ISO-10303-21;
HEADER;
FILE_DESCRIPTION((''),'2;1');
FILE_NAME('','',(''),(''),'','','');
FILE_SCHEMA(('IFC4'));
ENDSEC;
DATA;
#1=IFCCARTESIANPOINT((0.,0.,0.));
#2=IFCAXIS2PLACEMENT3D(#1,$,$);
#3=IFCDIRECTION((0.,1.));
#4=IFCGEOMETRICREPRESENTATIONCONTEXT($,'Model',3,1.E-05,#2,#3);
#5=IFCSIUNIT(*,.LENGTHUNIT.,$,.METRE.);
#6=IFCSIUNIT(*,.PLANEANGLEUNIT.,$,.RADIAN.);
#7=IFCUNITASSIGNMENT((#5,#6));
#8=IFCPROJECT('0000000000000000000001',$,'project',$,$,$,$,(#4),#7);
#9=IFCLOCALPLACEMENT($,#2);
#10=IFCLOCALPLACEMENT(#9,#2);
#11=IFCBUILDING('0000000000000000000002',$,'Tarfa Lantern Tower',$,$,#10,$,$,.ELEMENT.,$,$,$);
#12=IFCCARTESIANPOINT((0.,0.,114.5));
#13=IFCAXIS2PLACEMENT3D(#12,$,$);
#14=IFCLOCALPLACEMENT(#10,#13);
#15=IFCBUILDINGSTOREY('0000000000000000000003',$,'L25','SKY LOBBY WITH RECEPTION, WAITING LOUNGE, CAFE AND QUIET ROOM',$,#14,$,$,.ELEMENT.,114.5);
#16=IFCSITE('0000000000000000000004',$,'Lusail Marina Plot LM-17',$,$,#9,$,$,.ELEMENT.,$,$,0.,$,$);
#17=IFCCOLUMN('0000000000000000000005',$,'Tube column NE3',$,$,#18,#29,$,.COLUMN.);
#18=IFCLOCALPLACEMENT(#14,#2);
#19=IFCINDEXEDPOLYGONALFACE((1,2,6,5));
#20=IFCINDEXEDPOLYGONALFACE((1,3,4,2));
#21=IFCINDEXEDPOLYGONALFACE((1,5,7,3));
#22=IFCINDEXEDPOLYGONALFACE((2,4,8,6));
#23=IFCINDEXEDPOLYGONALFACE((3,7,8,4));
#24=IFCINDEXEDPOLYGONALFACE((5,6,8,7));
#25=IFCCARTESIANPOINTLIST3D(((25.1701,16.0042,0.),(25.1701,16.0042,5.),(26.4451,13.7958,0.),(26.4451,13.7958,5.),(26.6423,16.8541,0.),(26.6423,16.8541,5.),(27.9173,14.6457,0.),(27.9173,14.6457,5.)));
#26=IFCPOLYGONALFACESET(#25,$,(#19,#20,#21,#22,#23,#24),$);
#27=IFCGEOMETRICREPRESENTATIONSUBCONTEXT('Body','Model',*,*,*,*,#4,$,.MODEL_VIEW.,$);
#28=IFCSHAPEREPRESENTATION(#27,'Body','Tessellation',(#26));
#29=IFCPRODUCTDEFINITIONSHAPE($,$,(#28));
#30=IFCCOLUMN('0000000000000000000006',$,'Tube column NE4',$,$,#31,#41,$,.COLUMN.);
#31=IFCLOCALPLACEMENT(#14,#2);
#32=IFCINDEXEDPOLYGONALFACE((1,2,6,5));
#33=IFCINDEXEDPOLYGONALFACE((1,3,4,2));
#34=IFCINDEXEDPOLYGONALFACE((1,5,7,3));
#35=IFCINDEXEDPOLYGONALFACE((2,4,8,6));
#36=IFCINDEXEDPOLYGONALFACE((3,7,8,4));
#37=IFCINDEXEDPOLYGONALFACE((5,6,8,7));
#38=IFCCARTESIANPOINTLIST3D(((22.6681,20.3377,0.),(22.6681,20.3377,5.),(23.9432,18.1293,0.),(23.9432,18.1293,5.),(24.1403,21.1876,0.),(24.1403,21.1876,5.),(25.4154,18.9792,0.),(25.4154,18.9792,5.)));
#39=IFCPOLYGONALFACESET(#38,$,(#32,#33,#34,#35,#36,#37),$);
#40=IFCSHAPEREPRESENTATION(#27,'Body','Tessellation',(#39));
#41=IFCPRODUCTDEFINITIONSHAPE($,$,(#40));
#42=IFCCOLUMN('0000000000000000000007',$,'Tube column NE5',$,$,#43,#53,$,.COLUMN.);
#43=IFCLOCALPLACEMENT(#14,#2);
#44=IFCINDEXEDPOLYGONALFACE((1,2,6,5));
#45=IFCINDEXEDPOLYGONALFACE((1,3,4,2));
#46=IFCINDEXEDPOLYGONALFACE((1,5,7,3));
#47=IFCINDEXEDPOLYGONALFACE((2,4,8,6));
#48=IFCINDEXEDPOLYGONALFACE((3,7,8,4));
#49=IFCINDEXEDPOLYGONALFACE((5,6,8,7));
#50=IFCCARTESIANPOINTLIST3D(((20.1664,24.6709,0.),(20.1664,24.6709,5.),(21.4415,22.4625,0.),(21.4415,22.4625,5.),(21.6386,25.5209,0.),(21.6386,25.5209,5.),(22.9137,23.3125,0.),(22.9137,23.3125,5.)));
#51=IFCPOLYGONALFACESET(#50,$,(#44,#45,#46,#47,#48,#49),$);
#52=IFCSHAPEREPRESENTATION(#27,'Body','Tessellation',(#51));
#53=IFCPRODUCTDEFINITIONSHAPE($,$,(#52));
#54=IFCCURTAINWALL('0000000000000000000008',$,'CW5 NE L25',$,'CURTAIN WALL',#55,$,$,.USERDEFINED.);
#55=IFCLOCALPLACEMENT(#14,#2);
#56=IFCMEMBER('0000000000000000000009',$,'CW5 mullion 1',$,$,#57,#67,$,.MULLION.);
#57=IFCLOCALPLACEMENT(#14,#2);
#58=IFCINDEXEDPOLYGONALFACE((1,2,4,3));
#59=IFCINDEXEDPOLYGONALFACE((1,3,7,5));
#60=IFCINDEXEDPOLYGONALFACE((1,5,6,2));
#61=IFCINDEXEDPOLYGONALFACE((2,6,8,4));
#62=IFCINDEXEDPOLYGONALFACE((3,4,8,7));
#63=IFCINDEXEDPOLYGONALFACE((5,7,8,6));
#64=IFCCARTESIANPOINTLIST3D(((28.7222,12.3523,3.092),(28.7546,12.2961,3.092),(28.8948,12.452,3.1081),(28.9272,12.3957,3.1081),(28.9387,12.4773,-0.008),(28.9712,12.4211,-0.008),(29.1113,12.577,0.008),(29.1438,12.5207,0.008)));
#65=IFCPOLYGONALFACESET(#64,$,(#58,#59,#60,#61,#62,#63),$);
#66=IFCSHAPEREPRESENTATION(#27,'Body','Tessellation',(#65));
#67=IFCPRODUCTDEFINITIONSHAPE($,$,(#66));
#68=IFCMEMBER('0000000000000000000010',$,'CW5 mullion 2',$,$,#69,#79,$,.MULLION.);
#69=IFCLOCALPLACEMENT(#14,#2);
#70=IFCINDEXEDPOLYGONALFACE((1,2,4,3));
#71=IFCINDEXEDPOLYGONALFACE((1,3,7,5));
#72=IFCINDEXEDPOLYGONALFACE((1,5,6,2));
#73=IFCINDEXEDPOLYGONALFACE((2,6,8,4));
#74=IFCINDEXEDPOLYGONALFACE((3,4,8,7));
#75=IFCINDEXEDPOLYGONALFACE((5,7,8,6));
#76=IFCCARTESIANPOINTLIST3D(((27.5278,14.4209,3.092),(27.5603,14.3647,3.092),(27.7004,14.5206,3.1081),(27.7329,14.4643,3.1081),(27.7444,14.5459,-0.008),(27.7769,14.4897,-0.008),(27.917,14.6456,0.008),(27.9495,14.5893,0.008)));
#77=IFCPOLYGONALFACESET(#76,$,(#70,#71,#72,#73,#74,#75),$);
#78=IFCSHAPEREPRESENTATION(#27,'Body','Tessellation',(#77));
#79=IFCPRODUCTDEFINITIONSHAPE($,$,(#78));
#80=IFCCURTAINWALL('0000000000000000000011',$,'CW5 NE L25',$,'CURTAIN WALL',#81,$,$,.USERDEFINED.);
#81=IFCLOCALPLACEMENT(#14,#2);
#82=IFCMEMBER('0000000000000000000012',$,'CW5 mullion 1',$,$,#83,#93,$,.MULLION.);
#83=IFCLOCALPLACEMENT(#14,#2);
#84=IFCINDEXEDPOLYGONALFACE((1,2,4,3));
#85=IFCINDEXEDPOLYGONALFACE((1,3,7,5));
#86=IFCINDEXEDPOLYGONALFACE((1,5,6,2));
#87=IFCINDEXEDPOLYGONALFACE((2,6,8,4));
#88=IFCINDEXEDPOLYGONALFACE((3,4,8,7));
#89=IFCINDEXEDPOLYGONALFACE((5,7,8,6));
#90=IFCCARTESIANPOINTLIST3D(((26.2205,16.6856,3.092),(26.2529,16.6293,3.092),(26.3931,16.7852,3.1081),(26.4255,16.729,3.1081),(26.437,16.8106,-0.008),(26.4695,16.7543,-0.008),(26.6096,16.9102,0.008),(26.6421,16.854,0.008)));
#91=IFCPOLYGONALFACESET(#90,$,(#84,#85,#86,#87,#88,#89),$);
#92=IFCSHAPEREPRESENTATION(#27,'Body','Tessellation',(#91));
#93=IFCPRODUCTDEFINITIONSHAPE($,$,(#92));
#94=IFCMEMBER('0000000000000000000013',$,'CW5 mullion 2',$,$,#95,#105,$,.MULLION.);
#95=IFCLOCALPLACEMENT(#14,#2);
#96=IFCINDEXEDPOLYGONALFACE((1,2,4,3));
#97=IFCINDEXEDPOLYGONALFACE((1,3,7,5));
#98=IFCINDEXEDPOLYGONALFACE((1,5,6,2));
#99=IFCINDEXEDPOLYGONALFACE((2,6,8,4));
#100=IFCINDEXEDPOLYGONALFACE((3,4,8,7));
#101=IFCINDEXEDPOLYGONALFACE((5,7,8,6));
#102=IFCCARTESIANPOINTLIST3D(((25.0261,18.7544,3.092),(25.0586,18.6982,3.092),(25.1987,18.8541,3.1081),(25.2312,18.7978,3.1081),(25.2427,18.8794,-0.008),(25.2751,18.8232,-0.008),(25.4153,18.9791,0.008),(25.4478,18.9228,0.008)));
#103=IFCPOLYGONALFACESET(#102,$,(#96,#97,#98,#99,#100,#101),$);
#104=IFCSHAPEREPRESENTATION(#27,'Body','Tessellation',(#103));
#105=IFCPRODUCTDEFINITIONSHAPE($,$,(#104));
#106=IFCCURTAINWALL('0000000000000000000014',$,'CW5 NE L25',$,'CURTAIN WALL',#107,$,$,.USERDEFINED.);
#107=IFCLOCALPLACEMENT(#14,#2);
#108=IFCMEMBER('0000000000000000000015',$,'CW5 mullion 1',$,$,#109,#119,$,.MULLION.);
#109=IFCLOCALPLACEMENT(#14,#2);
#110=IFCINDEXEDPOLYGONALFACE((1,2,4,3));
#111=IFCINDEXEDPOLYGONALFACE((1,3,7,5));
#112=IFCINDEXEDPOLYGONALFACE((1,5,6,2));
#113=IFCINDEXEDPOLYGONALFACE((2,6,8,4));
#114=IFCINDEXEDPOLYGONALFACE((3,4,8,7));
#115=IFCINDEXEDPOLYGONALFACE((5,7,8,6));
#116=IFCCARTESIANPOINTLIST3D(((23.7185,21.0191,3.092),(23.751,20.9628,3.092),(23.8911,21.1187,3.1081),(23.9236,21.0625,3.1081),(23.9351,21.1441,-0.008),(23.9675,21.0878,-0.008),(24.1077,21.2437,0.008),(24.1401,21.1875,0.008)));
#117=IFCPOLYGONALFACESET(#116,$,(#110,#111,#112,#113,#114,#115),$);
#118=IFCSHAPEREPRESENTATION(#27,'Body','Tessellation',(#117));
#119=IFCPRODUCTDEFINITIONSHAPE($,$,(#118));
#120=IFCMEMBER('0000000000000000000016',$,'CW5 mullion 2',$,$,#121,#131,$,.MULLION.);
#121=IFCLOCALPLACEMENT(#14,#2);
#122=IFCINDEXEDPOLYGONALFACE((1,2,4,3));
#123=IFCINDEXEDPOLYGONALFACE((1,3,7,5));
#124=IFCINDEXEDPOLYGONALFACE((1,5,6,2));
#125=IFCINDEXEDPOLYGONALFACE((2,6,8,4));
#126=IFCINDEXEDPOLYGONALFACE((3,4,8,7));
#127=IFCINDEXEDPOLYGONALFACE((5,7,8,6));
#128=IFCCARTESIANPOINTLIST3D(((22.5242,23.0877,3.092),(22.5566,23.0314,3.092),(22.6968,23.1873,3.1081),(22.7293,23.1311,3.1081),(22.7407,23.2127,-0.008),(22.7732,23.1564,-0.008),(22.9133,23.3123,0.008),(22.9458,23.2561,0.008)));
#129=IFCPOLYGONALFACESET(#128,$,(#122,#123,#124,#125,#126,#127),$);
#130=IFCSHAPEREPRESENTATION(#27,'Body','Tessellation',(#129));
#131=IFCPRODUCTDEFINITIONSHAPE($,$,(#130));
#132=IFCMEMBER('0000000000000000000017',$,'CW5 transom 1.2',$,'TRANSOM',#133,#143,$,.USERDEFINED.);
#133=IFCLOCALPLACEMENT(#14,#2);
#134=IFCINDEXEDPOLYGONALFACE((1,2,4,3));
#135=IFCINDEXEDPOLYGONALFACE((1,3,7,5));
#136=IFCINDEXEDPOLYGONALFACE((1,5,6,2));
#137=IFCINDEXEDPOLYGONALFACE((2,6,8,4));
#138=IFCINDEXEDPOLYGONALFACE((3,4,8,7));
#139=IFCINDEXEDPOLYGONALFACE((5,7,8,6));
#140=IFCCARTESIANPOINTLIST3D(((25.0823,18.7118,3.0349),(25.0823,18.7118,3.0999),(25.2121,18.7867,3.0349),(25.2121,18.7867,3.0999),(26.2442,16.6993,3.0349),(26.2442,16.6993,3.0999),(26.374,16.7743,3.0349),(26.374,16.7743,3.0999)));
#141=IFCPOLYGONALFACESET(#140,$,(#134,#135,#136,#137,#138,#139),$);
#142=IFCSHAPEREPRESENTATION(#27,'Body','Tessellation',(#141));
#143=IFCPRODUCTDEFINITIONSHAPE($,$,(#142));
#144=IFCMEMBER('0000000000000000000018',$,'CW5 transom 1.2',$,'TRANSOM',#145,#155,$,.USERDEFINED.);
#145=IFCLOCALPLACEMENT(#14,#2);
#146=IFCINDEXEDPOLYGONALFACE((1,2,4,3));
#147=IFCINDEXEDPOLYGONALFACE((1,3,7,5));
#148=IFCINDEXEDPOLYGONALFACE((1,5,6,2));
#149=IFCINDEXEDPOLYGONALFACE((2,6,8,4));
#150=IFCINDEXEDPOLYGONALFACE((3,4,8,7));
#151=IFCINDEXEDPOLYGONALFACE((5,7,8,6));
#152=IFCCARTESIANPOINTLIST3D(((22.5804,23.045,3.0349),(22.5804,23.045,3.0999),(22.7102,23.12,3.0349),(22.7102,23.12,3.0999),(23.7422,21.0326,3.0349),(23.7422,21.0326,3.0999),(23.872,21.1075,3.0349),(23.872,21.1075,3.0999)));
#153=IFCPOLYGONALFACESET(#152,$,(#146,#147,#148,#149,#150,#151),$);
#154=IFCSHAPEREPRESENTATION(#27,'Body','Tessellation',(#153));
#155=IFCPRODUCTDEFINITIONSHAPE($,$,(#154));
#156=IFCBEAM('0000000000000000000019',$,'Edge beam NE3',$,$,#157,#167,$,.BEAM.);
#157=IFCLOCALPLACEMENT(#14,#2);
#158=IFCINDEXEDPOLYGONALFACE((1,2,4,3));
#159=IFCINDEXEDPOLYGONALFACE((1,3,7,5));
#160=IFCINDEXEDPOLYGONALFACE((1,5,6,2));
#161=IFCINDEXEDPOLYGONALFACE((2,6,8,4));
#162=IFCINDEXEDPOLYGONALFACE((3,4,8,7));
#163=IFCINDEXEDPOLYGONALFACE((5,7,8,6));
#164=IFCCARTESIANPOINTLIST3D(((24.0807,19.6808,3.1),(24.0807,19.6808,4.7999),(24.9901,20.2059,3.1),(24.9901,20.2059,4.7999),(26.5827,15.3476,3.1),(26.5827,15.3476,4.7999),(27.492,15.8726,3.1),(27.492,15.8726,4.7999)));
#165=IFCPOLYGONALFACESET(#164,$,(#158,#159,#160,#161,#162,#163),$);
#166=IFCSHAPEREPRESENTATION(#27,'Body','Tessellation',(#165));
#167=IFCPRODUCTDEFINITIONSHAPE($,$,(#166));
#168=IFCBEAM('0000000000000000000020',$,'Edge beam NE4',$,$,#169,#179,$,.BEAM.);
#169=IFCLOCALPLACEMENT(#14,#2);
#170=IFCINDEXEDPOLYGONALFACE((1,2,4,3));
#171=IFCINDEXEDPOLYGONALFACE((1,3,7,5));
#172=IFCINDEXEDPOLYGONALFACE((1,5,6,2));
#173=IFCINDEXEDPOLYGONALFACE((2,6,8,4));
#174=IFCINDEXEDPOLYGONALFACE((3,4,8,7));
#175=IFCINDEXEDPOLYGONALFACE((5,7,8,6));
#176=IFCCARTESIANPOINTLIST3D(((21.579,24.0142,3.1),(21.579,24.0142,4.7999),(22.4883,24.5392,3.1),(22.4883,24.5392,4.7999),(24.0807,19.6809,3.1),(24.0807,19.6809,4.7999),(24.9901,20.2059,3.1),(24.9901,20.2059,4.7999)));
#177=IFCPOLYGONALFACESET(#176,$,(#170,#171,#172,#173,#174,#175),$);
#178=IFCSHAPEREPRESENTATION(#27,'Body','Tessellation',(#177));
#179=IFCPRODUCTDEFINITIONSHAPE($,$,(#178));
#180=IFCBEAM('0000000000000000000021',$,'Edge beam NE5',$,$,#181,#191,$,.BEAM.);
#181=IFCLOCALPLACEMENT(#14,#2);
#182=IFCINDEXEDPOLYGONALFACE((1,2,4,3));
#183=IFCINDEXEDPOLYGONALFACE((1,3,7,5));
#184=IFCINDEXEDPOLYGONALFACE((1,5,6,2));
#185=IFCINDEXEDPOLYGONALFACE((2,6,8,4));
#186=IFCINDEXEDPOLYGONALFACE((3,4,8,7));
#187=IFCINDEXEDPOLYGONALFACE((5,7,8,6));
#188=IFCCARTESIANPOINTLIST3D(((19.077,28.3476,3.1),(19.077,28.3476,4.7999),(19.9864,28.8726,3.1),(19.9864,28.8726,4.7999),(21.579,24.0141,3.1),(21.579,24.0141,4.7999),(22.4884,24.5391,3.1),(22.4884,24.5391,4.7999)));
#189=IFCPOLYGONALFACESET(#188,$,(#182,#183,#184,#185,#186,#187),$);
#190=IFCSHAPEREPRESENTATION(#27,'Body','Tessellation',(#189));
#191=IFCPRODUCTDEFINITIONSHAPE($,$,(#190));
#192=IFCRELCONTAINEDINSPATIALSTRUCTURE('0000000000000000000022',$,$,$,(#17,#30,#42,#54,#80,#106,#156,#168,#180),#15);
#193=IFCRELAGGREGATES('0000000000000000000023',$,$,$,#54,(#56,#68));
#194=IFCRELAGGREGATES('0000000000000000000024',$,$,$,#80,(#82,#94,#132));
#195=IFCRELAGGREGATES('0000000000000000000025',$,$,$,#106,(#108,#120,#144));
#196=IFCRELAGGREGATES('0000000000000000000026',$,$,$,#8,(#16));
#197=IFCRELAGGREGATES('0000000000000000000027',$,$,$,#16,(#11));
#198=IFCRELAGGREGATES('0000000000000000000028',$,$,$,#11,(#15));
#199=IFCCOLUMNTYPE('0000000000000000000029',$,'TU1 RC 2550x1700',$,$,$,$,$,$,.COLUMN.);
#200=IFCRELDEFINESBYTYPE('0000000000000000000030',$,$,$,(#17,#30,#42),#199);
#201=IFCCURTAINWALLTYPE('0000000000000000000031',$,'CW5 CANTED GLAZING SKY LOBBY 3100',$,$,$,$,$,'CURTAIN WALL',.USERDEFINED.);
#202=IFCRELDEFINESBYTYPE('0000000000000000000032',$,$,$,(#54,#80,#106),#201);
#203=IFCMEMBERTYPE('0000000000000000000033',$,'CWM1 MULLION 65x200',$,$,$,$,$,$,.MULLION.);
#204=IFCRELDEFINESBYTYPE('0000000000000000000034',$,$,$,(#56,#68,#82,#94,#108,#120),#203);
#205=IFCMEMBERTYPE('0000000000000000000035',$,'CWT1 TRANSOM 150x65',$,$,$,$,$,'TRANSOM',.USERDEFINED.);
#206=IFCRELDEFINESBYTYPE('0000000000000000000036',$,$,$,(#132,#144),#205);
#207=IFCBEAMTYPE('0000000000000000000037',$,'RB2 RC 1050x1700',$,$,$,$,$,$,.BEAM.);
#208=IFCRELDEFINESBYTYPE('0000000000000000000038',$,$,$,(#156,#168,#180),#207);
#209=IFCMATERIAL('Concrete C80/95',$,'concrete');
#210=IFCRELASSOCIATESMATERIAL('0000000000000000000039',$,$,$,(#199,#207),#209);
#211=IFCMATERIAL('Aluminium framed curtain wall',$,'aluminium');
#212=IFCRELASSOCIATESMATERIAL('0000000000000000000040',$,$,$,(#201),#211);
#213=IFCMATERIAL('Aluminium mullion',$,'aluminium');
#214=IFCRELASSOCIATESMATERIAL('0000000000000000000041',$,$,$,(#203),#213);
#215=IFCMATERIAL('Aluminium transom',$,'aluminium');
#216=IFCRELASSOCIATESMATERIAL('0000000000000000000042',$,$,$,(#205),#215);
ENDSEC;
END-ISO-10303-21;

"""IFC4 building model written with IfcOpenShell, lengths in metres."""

from ifc_helpers import new_model, si_unit, direction, frame, origin, origin_2d, place, context, subcontext, project, spatial, rectangle, extrude, material, material_profile, profile_set, type_object, element, aggregate, save


model = new_model("IFC4")

# Units and contexts
model_context = context("Model", 3, precision=1e-05, world=origin(), true_north=direction((0.0, 1.0)))
body_context = subcontext(model_context, "Body", "Model", "MODEL_VIEW")
ifc_project = project(units=[si_unit("LENGTHUNIT", "METRE"), si_unit("PLANEANGLEUNIT", "RADIAN")], contexts=[model_context])

# Site, building, storey
site_placement = place(None, origin())
site = spatial("IfcSite", under=ifc_project, at=site_placement, Name="Lusail Marina Plot LM-17", CompositionType="ELEMENT", RefElevation=0.0)
building_placement = place(site_placement, origin())
building = spatial("IfcBuilding", under=site, at=building_placement, Name="Tarfa Lantern Tower", CompositionType="ELEMENT")
storey_placement = place(building_placement, frame((0.0, 0.0, 114.5)))
storey = spatial("IfcBuildingStorey", under=building, at=storey_placement, Name="L25", Description="SKY LOBBY WITH RECEPTION, WAITING LOUNGE, CAFE AND QUIET ROOM", CompositionType="ELEMENT", Elevation=114.5)

# Columns
ifc_material_1 = material(Name="Concrete C80/95", Category="concrete")
ifc_material_profile_1 = material_profile(ifc_material_1, rectangle(XDim=2.55, YDim=1.7, at=origin_2d()), Name="RC 2550x1700")
ifc_profile_set_1 = profile_set([ifc_material_profile_1], Name="Concrete C80/95")
column_type = type_object("IfcColumnType", Name="TU1 RC 2550x1700", PredefinedType="COLUMN", material=ifc_profile_set_1)
for number, where, z_axis, x_axis, name in (
    (1, (26.5437, 15.325, 0.0), (0.0, 0.0, 1.0), (-0.5, 0.866025, 0.0), "Tube column NE3"),
    (2, (24.0417, 19.6584, 0.0), (0.0, 0.0, 1.0), (-0.5, 0.866025, 0.0), "Tube column NE4"),
    (3, (21.54, 23.9917, 0.0), (0.0, 0.0, 1.0), (-0.5, 0.866025, 0.0), "Tube column NE5"),
):
    element("IfcColumn", number, at=place(storey_placement, frame(where, z_axis=z_axis, x_axis=x_axis)), inside=storey, type_object=column_type, Name=name, PredefinedType="COLUMN", context=body_context, shape_type="SweptSolid", body=[
        extrude(rectangle(XDim=2.55, YDim=1.7, at=origin_2d()), origin(), (0.0, 0.0, 1.0), 5.0),
    ])

# Curtain walls, members
ifc_material_2 = material(Name="Aluminium framed curtain wall", Category="aluminium")
curtain_wall_type = type_object("IfcCurtainWallType", Name="CW5 CANTED GLAZING SKY LOBBY 3100", ElementType="CURTAIN WALL", PredefinedType="USERDEFINED", material=ifc_material_2)
curtain_wall_1_placement = place(storey_placement, origin())
curtain_wall_1 = element("IfcCurtainWall", 4, at=curtain_wall_1_placement, inside=storey, type_object=curtain_wall_type, Name="CW5 NE L25", ObjectType="CURTAIN WALL", PredefinedType="USERDEFINED")
ifc_material_3 = material(Name="Aluminium mullion", Category="aluminium")
ifc_material_profile_2 = material_profile(ifc_material_3, rectangle(XDim=0.0649, YDim=0.2, at=origin_2d()), Name="AL MULLION 65x200")
ifc_profile_set_2 = profile_set([ifc_material_profile_2], Name="Aluminium mullion")
member_type_1 = type_object("IfcMemberType", Name="CWM1 MULLION 65x200", PredefinedType="MULLION", material=ifc_profile_set_2)
member_1_placement = place(storey_placement, frame((29.0413, 12.499, 0.0), z_axis=(-0.069627, -0.040191, 0.996763), x_axis=(0.49992, -0.866072, 0.0)))
member_1 = element("IfcMember", 5, at=member_1_placement, type_object=member_type_1, Name="CW5 mullion 1", PredefinedType="MULLION", context=body_context, shape_type="SweptSolid", body=[
    extrude(rectangle(XDim=0.0649, YDim=0.2, at=origin_2d()), origin(), (0.0, 0.0, 1.0), 3.1101),
])
member_2_placement = place(storey_placement, frame((27.8469, 14.5676, 0.0), z_axis=(-0.069627, -0.040191, 0.996763), x_axis=(0.49992, -0.866072, 0.0)))
member_2 = element("IfcMember", 6, at=member_2_placement, type_object=member_type_1, Name="CW5 mullion 2", PredefinedType="MULLION", context=body_context, shape_type="SweptSolid", body=[
    extrude(rectangle(XDim=0.0649, YDim=0.2, at=origin_2d()), origin(), (0.0, 0.0, 1.0), 3.1101),
])
curtain_wall_2_placement = place(storey_placement, origin())
curtain_wall_2 = element("IfcCurtainWall", 7, at=curtain_wall_2_placement, inside=storey, type_object=curtain_wall_type, Name="CW5 NE L25", ObjectType="CURTAIN WALL", PredefinedType="USERDEFINED")
member_3_placement = place(storey_placement, frame((26.5396, 16.8323, 0.0), z_axis=(-0.069627, -0.040191, 0.996763), x_axis=(0.49992, -0.866072, 0.0)))
member_3 = element("IfcMember", 8, at=member_3_placement, type_object=member_type_1, Name="CW5 mullion 1", PredefinedType="MULLION", context=body_context, shape_type="SweptSolid", body=[
    extrude(rectangle(XDim=0.0649, YDim=0.2, at=origin_2d()), origin(), (0.0, 0.0, 1.0), 3.1101),
])
member_4_placement = place(storey_placement, frame((25.3452, 18.9011, 0.0), z_axis=(-0.069627, -0.040191, 0.996763), x_axis=(0.49992, -0.866072, 0.0)))
member_4 = element("IfcMember", 9, at=member_4_placement, type_object=member_type_1, Name="CW5 mullion 2", PredefinedType="MULLION", context=body_context, shape_type="SweptSolid", body=[
    extrude(rectangle(XDim=0.0649, YDim=0.2, at=origin_2d()), origin(), (0.0, 0.0, 1.0), 3.1101),
])
curtain_wall_3_placement = place(storey_placement, origin())
curtain_wall_3 = element("IfcCurtainWall", 10, at=curtain_wall_3_placement, inside=storey, type_object=curtain_wall_type, Name="CW5 NE L25", ObjectType="CURTAIN WALL", PredefinedType="USERDEFINED")
member_5_placement = place(storey_placement, frame((24.0376, 21.1658, 0.0), z_axis=(-0.069627, -0.040191, 0.996763), x_axis=(0.49992, -0.866072, 0.0)))
member_5 = element("IfcMember", 11, at=member_5_placement, type_object=member_type_1, Name="CW5 mullion 1", PredefinedType="MULLION", context=body_context, shape_type="SweptSolid", body=[
    extrude(rectangle(XDim=0.0649, YDim=0.2, at=origin_2d()), origin(), (0.0, 0.0, 1.0), 3.1101),
])
member_6_placement = place(storey_placement, frame((22.8433, 23.2344, 0.0), z_axis=(-0.069627, -0.040191, 0.996763), x_axis=(0.49992, -0.866072, 0.0)))
member_6 = element("IfcMember", 12, at=member_6_placement, type_object=member_type_1, Name="CW5 mullion 2", PredefinedType="MULLION", context=body_context, shape_type="SweptSolid", body=[
    extrude(rectangle(XDim=0.0649, YDim=0.2, at=origin_2d()), origin(), (0.0, 0.0, 1.0), 3.1101),
])

# Members
ifc_material_4 = material(Name="Aluminium transom", Category="aluminium")
ifc_material_profile_3 = material_profile(ifc_material_4, rectangle(XDim=0.1499, YDim=0.0649, at=origin_2d()), Name="AL TRANSOM 150x65")
ifc_profile_set_3 = profile_set([ifc_material_profile_3], Name="Aluminium transom")
member_type_2 = type_object("IfcMemberType", Name="CWT1 TRANSOM 150x65", ElementType="TRANSOM", PredefinedType="USERDEFINED", material=ifc_profile_set_3)
member_7_placement = place(storey_placement, frame((26.3091, 16.7368, 3.0674), z_axis=(-0.499992, 0.86603, 0.0), x_axis=(-0.86603, -0.499992, 0.0)))
member_7 = element("IfcMember", 13, at=member_7_placement, type_object=member_type_2, Name="CW5 transom 1.2", ObjectType="TRANSOM", PredefinedType="USERDEFINED", context=body_context, shape_type="SweptSolid", body=[
    extrude(rectangle(XDim=0.1499, YDim=0.0649, at=origin_2d()), origin(), (0.0, 0.0, 1.0), 2.3237),
])
member_8_placement = place(storey_placement, frame((23.8071, 21.0701, 3.0674), z_axis=(-0.499992, 0.86603, 0.0), x_axis=(-0.86603, -0.499992, 0.0)))
member_8 = element("IfcMember", 14, at=member_8_placement, type_object=member_type_2, Name="CW5 transom 1.2", ObjectType="TRANSOM", PredefinedType="USERDEFINED", context=body_context, shape_type="SweptSolid", body=[
    extrude(rectangle(XDim=0.1499, YDim=0.0649, at=origin_2d()), origin(), (0.0, 0.0, 1.0), 2.3237),
])

# Beams
ifc_material_profile_4 = material_profile(ifc_material_1, rectangle(XDim=1.05, YDim=1.7, at=origin_2d()), Name="RC 1050x1700")
ifc_profile_set_4 = profile_set([ifc_material_profile_4], Name="Concrete C80/95")
beam_type_1 = type_object("IfcBeamType", Name="RB2 RC 1050x1700", PredefinedType="BEAM", material=ifc_profile_set_4)
for number, where, z_axis, x_axis, name in (
    (15, (27.0374, 15.6101, 3.95), (-0.500022, 0.866013, 0.0), (-0.866013, -0.500022, 0.0), "Edge beam NE3"),
    (16, (24.5354, 19.9434, 3.95), (-0.499986, 0.866034, 0.0), (-0.866034, -0.499986, 0.0), "Edge beam NE4"),
):
    element("IfcBeam", number, at=place(storey_placement, frame(where, z_axis=z_axis, x_axis=x_axis)), inside=storey, type_object=beam_type_1, Name=name, PredefinedType="BEAM", context=body_context, shape_type="SweptSolid", body=[
        extrude(rectangle(XDim=1.05, YDim=1.7, at=origin_2d()), origin(), (0.0, 0.0, 1.0), 5.0037),
    ])
beam_1_placement = place(storey_placement, frame((22.0337, 24.2766, 3.95), z_axis=(-0.500001, 0.866025, 0.0), x_axis=(-0.866025, -0.500001, 0.0)))
element("IfcBeam", 17, at=beam_1_placement, inside=storey, type_object=beam_type_1, Name="Edge beam NE5", PredefinedType="BEAM", context=body_context, shape_type="SweptSolid", body=[
    extrude(rectangle(XDim=1.05, YDim=1.7, at=origin_2d()), origin(), (0.0, 0.0, 1.0), 5.0039),
])

aggregate(curtain_wall_1, [member_1, member_2])
aggregate(curtain_wall_2, [member_3, member_4, member_7])
aggregate(curtain_wall_3, [member_5, member_6, member_8])

save(model, "model.ifc")
